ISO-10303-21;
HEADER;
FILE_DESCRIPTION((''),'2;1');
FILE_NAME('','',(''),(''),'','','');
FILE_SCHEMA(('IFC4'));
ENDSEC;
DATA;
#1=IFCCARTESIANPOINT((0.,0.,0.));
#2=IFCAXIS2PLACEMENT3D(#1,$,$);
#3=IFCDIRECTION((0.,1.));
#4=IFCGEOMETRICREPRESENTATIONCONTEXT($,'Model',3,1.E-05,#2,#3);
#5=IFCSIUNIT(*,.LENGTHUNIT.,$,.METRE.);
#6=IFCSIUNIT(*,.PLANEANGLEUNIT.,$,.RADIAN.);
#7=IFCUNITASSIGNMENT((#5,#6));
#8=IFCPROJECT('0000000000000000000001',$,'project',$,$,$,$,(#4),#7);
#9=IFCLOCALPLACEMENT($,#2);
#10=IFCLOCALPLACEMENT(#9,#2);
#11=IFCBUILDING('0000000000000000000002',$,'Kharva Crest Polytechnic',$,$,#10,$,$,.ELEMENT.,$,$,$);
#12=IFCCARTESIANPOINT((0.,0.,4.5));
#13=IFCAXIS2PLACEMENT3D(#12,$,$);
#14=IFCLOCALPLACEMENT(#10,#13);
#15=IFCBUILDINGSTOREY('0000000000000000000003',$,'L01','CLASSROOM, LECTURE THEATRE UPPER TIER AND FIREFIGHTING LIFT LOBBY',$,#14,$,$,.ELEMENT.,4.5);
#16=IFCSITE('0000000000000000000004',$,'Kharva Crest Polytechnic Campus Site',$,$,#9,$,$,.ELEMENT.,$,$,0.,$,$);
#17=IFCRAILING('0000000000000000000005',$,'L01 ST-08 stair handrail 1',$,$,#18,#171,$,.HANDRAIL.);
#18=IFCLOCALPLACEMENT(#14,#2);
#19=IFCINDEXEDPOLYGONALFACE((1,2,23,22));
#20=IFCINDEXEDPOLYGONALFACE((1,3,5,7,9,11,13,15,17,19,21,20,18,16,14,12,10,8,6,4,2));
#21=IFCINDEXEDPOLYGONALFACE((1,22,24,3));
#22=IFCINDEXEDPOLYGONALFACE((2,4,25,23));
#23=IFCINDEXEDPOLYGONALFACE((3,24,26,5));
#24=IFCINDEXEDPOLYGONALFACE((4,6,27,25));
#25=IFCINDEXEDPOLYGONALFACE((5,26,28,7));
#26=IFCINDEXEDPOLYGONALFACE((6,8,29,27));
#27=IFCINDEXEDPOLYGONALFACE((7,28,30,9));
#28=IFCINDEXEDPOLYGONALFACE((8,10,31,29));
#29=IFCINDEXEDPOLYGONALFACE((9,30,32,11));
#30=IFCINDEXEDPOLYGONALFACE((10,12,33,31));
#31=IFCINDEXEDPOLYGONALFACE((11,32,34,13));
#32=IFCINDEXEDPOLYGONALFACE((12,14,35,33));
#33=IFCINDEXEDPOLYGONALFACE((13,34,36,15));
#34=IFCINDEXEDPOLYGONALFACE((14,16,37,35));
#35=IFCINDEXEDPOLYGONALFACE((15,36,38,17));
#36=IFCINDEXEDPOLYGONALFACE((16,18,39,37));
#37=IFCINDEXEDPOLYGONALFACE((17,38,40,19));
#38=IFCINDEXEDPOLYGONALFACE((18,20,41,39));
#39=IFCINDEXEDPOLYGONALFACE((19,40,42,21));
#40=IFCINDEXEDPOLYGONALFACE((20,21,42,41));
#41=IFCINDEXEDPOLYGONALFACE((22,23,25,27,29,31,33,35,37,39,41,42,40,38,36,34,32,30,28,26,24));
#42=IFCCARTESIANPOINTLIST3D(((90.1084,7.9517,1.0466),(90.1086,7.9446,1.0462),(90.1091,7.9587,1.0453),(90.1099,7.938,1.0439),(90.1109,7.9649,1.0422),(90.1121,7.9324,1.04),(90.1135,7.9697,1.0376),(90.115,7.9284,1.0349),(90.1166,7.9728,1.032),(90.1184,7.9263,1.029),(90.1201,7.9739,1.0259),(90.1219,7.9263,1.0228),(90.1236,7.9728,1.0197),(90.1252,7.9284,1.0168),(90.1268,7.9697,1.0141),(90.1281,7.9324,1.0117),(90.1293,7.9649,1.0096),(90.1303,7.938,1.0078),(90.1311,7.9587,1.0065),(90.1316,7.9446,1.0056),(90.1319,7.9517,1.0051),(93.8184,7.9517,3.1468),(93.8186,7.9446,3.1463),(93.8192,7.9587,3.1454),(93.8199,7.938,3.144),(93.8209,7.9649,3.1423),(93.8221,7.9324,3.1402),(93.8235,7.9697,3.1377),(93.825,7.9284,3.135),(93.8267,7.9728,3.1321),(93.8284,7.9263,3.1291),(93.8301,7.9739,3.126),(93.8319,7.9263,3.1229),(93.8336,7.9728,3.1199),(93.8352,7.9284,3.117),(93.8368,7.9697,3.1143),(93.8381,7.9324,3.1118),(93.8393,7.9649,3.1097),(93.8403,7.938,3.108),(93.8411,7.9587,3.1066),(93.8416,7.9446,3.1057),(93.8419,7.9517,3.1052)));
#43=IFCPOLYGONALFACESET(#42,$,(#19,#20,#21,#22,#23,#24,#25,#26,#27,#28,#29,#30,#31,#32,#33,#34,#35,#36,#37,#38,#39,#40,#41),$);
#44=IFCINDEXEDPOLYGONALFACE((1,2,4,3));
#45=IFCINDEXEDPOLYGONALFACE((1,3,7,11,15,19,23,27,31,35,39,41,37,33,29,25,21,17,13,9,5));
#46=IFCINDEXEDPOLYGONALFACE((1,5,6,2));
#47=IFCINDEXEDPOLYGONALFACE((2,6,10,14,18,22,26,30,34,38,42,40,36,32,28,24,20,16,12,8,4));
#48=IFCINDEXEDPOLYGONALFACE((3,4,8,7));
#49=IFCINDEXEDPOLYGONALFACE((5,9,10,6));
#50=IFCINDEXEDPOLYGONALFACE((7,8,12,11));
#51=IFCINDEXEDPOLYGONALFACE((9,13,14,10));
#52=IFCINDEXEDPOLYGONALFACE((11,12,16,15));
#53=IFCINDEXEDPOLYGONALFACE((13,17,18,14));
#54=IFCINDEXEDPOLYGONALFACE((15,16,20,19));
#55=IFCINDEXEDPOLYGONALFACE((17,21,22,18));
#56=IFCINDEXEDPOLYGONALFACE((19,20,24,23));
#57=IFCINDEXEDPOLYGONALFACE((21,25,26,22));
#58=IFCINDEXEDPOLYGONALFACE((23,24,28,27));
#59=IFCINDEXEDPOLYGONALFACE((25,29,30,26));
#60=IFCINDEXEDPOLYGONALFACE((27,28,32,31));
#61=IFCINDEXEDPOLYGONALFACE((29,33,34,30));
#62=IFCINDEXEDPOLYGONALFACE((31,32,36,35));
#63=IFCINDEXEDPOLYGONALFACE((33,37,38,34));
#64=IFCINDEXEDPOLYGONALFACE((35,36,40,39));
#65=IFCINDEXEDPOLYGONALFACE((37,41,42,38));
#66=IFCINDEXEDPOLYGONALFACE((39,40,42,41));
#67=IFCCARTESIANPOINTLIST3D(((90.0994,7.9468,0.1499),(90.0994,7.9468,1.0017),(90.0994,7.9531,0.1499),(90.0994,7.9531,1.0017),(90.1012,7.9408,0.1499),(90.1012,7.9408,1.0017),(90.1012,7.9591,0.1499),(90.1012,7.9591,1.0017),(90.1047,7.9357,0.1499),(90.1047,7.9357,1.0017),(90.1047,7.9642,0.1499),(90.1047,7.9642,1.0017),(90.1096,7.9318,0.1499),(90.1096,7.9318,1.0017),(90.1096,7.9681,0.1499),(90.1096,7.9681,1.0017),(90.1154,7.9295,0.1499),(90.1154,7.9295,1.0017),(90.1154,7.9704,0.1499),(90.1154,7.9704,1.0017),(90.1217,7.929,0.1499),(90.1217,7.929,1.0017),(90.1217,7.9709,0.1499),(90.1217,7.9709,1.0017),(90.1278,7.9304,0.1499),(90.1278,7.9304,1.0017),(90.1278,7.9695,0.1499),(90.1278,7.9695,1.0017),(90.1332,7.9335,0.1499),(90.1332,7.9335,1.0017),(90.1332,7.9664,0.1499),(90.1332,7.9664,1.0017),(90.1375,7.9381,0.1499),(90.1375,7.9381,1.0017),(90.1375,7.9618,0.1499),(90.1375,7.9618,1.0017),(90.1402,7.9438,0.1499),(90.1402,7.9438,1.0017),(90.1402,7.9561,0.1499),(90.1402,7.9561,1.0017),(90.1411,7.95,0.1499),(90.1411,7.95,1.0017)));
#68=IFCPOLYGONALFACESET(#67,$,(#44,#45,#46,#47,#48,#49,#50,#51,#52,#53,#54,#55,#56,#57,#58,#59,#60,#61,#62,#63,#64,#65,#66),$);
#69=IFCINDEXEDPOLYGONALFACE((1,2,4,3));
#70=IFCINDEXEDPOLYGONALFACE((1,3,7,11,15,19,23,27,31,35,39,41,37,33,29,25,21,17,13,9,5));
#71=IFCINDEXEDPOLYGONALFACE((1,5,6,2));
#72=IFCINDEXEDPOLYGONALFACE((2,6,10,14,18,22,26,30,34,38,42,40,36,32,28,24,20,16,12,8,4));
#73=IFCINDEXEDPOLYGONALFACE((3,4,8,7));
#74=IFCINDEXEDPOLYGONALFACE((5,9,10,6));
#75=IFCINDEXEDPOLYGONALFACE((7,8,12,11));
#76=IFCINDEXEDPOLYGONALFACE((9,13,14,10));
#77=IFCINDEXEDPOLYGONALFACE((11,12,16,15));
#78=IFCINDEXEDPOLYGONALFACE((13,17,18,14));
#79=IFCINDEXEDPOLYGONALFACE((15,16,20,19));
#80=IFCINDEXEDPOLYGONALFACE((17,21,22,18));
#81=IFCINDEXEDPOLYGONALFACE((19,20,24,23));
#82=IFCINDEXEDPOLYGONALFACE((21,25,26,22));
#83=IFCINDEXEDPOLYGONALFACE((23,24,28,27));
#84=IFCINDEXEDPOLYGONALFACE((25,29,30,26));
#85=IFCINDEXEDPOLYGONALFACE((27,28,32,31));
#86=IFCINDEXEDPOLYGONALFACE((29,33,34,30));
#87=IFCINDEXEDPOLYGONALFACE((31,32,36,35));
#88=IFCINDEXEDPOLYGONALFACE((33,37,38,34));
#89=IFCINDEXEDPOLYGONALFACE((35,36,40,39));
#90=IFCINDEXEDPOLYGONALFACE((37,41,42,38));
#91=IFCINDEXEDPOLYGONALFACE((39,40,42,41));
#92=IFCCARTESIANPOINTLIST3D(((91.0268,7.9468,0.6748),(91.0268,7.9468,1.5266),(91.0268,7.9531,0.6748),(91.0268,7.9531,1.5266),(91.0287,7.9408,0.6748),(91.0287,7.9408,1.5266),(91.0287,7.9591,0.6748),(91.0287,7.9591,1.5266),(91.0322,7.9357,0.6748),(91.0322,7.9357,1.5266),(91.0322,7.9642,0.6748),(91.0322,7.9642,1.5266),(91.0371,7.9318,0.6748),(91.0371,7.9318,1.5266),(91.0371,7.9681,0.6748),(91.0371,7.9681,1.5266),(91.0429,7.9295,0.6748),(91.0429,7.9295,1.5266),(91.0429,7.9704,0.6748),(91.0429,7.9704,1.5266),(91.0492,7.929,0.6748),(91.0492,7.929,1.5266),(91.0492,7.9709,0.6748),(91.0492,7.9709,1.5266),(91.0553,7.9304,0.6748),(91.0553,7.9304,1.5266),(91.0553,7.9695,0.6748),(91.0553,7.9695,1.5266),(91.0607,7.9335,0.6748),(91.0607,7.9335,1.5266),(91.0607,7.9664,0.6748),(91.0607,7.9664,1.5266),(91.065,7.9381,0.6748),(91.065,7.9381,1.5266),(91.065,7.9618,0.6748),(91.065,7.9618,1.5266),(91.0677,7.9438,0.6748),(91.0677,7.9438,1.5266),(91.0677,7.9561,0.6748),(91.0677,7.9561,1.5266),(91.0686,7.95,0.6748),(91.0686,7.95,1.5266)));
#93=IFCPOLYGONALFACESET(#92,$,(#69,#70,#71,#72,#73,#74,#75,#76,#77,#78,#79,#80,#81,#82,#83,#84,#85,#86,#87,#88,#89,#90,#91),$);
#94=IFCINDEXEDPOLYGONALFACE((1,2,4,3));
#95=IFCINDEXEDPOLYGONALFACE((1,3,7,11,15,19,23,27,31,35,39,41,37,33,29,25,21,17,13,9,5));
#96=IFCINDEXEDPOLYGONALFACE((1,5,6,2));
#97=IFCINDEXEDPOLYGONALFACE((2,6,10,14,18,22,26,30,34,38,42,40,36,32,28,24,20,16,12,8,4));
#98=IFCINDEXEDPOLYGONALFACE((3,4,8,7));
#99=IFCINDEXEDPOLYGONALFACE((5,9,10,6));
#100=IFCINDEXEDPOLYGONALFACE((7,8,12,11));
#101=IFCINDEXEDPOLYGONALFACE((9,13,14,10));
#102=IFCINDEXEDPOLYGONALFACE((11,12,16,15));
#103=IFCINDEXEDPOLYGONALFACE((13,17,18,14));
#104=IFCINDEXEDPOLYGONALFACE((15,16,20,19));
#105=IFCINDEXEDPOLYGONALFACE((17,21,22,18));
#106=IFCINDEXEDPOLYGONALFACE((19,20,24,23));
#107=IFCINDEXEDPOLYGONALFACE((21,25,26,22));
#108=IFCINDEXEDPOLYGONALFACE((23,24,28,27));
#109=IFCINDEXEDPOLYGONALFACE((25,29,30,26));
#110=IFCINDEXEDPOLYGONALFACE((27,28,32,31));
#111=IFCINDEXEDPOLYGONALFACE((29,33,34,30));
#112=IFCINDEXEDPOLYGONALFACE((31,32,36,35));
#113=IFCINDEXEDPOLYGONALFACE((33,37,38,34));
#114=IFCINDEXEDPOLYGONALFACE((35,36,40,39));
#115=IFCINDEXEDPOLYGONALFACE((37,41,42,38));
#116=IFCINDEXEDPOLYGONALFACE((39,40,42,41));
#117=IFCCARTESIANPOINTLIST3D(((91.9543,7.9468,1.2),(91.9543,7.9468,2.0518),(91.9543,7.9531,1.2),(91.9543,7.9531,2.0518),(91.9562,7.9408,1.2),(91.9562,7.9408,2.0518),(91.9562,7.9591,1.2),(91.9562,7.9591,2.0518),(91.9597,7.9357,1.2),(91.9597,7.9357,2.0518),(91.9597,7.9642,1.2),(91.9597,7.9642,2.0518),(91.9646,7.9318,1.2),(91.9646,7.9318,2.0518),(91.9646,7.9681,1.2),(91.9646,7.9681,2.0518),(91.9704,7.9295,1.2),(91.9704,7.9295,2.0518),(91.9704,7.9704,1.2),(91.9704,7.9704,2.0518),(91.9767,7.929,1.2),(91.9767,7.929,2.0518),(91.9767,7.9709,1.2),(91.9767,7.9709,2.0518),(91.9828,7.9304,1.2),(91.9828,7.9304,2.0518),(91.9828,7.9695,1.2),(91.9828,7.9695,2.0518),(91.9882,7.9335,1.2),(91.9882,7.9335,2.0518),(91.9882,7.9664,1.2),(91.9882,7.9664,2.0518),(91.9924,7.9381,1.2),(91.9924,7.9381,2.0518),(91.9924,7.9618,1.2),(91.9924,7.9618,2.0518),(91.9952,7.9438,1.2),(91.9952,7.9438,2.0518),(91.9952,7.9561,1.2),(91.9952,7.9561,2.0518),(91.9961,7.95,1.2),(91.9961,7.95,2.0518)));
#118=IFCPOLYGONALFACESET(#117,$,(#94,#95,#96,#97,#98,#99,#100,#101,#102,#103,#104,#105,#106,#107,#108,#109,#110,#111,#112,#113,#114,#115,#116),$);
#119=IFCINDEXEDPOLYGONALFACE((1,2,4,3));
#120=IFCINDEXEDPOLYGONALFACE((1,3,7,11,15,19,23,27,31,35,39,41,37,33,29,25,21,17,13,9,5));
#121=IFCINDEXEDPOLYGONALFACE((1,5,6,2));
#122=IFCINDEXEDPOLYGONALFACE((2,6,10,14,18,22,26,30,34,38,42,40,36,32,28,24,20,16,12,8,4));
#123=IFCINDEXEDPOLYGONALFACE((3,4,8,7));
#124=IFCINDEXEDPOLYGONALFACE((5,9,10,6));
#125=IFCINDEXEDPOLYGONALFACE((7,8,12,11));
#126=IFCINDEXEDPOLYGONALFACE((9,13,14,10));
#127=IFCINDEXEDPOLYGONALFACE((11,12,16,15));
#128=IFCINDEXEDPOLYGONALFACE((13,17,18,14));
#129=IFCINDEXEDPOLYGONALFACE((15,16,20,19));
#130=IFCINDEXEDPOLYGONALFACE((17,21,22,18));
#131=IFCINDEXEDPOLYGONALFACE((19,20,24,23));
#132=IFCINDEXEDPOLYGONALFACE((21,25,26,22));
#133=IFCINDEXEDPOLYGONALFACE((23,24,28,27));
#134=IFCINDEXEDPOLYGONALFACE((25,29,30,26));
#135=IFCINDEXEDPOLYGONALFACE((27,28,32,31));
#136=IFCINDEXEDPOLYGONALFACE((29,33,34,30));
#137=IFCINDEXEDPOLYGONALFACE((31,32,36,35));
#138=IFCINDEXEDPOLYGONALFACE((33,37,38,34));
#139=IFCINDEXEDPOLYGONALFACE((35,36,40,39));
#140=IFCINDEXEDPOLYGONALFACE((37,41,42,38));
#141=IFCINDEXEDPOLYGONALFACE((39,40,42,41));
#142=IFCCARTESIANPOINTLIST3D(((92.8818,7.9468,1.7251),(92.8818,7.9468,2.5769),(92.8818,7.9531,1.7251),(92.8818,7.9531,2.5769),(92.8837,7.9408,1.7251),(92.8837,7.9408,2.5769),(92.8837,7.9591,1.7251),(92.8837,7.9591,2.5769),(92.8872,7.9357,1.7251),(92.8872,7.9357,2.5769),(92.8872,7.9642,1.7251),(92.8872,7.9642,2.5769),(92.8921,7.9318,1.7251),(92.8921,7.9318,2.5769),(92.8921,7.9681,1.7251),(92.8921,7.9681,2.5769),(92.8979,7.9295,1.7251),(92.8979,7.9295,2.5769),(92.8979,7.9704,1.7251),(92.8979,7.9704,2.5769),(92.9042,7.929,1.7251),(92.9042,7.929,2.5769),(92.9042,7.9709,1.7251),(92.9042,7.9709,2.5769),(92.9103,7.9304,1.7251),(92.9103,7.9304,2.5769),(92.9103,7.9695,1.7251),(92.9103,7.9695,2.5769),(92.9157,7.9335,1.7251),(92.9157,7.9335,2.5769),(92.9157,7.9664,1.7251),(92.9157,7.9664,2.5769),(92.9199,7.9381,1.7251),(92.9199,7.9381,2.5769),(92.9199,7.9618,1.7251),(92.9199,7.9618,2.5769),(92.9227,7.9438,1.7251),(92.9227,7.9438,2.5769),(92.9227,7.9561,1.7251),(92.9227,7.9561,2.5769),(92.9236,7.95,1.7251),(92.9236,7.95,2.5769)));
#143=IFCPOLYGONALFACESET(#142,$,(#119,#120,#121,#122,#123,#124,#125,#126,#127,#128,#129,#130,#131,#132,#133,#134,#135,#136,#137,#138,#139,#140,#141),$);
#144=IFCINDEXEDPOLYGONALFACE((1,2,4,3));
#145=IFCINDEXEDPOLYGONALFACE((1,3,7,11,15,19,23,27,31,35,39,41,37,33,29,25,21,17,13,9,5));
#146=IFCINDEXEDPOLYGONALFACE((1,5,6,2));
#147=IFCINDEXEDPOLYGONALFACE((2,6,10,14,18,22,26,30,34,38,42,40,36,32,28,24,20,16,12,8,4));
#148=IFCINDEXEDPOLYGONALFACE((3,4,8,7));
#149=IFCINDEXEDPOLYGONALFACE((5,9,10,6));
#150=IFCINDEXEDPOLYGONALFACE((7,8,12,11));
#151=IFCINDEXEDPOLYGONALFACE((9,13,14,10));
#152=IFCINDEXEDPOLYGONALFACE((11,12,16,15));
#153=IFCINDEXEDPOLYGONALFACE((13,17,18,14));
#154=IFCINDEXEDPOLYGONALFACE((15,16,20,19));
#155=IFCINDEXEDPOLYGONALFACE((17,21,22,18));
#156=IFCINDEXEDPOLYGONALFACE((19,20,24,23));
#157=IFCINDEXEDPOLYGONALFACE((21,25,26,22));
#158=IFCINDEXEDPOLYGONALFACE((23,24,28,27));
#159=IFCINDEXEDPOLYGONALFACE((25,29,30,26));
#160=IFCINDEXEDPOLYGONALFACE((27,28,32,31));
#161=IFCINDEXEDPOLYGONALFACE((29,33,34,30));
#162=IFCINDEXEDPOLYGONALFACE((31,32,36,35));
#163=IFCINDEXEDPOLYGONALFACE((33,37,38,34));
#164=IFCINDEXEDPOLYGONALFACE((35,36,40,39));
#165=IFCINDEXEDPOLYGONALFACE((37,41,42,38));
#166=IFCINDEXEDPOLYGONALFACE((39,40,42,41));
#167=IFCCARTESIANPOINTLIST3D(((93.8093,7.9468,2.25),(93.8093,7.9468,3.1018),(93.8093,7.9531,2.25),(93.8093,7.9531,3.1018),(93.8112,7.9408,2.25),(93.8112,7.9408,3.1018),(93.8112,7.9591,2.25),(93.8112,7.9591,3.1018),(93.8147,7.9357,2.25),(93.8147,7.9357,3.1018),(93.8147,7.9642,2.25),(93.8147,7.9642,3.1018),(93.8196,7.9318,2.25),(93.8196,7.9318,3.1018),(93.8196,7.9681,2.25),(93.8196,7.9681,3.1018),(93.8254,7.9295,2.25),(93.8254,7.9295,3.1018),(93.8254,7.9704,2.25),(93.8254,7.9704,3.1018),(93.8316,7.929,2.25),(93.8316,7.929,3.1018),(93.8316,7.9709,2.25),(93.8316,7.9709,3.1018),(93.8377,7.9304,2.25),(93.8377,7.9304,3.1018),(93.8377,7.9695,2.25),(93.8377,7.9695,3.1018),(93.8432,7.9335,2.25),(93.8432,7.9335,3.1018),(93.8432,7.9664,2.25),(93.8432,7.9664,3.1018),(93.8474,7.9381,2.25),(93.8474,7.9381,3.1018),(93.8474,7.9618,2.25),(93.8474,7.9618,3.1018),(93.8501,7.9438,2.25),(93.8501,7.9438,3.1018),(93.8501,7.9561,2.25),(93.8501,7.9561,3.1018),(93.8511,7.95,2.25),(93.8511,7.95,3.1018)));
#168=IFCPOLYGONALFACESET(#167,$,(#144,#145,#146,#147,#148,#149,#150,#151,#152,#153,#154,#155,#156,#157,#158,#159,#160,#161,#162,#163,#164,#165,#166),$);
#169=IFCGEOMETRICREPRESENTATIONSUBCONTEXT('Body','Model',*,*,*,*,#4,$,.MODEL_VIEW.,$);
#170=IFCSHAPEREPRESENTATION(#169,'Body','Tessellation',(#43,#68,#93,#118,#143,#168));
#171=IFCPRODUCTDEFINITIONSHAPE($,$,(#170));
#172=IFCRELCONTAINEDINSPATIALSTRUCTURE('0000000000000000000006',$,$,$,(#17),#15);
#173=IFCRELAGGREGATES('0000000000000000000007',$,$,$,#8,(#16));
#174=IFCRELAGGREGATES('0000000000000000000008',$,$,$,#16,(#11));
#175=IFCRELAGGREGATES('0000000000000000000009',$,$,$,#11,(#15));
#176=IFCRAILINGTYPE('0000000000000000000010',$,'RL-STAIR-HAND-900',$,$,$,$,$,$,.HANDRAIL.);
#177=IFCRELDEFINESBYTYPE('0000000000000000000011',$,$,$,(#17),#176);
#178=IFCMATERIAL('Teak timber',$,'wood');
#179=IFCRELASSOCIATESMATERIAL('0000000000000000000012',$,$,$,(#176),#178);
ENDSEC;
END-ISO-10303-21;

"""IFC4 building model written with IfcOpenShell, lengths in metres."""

from ifc_helpers import new_model, si_unit, direction, frame, origin, origin_2d, place, context, subcontext, project, spatial, circle, extrude, material, type_object, element, save


model = new_model("IFC4")

# Units and contexts
model_context = context("Model", 3, precision=1e-05, world=origin(), true_north=direction((0.0, 1.0)))
body_context = subcontext(model_context, "Body", "Model", "MODEL_VIEW")
ifc_project = project(units=[si_unit("LENGTHUNIT", "METRE"), si_unit("PLANEANGLEUNIT", "RADIAN")], contexts=[model_context])

# Site, building, storey
site_placement = place(None, origin())
site = spatial("IfcSite", under=ifc_project, at=site_placement, Name="Kharva Crest Polytechnic Campus Site", CompositionType="ELEMENT", RefElevation=0.0)
building_placement = place(site_placement, origin())
building = spatial("IfcBuilding", under=site, at=building_placement, Name="Kharva Crest Polytechnic", CompositionType="ELEMENT")
storey_placement = place(building_placement, frame((0.0, 0.0, 4.5)))
storey = spatial("IfcBuildingStorey", under=building, at=storey_placement, Name="L01", Description="CLASSROOM, LECTURE THEATRE UPPER TIER AND FIREFIGHTING LIFT LOBBY", CompositionType="ELEMENT", Elevation=4.5)

# Railing
ifc_material_1 = material(Name="Teak timber", Category="wood")
railing_type_1 = type_object("IfcRailingType", Name="RL-STAIR-HAND-900", PredefinedType="HANDRAIL", material=ifc_material_1)
railing_1_placement = place(storey_placement, frame((90.1201, 7.95, 0.1499)))
element("IfcRailing", 1, at=railing_1_placement, inside=storey, type_object=railing_type_1, Name="L01 ST-08 stair handrail 1", PredefinedType="HANDRAIL", context=body_context, shape_type="SweptSolid", body=[
    extrude(circle(Radius=0.0239, at=origin_2d()), frame((0.0, 0.0, 0.876), z_axis=(0.870245, 0.0, 0.492619), x_axis=(0.0, 1.0, 0.0)), (0.0, 0.0, 1.0), 4.2632),
    extrude(circle(Radius=0.021, at=origin_2d()), origin(), (0.0, 0.0, 1.0), 0.8518),
    extrude(circle(Radius=0.021, at=origin_2d()), frame((0.9275, 0.0, 0.5249)), (0.0, 0.0, 1.0), 0.8518),
    extrude(circle(Radius=0.021, at=origin_2d()), frame((1.855, 0.0, 1.05)), (0.0, 0.0, 1.0), 0.8518),
    extrude(circle(Radius=0.021, at=origin_2d()), frame((2.7825, 0.0, 1.5752)), (0.0, 0.0, 1.0), 0.8518),
    extrude(circle(Radius=0.021, at=origin_2d()), frame((3.71, 0.0, 2.1001)), (0.0, 0.0, 1.0), 0.8518),
])

save(model, "model.ifc")
